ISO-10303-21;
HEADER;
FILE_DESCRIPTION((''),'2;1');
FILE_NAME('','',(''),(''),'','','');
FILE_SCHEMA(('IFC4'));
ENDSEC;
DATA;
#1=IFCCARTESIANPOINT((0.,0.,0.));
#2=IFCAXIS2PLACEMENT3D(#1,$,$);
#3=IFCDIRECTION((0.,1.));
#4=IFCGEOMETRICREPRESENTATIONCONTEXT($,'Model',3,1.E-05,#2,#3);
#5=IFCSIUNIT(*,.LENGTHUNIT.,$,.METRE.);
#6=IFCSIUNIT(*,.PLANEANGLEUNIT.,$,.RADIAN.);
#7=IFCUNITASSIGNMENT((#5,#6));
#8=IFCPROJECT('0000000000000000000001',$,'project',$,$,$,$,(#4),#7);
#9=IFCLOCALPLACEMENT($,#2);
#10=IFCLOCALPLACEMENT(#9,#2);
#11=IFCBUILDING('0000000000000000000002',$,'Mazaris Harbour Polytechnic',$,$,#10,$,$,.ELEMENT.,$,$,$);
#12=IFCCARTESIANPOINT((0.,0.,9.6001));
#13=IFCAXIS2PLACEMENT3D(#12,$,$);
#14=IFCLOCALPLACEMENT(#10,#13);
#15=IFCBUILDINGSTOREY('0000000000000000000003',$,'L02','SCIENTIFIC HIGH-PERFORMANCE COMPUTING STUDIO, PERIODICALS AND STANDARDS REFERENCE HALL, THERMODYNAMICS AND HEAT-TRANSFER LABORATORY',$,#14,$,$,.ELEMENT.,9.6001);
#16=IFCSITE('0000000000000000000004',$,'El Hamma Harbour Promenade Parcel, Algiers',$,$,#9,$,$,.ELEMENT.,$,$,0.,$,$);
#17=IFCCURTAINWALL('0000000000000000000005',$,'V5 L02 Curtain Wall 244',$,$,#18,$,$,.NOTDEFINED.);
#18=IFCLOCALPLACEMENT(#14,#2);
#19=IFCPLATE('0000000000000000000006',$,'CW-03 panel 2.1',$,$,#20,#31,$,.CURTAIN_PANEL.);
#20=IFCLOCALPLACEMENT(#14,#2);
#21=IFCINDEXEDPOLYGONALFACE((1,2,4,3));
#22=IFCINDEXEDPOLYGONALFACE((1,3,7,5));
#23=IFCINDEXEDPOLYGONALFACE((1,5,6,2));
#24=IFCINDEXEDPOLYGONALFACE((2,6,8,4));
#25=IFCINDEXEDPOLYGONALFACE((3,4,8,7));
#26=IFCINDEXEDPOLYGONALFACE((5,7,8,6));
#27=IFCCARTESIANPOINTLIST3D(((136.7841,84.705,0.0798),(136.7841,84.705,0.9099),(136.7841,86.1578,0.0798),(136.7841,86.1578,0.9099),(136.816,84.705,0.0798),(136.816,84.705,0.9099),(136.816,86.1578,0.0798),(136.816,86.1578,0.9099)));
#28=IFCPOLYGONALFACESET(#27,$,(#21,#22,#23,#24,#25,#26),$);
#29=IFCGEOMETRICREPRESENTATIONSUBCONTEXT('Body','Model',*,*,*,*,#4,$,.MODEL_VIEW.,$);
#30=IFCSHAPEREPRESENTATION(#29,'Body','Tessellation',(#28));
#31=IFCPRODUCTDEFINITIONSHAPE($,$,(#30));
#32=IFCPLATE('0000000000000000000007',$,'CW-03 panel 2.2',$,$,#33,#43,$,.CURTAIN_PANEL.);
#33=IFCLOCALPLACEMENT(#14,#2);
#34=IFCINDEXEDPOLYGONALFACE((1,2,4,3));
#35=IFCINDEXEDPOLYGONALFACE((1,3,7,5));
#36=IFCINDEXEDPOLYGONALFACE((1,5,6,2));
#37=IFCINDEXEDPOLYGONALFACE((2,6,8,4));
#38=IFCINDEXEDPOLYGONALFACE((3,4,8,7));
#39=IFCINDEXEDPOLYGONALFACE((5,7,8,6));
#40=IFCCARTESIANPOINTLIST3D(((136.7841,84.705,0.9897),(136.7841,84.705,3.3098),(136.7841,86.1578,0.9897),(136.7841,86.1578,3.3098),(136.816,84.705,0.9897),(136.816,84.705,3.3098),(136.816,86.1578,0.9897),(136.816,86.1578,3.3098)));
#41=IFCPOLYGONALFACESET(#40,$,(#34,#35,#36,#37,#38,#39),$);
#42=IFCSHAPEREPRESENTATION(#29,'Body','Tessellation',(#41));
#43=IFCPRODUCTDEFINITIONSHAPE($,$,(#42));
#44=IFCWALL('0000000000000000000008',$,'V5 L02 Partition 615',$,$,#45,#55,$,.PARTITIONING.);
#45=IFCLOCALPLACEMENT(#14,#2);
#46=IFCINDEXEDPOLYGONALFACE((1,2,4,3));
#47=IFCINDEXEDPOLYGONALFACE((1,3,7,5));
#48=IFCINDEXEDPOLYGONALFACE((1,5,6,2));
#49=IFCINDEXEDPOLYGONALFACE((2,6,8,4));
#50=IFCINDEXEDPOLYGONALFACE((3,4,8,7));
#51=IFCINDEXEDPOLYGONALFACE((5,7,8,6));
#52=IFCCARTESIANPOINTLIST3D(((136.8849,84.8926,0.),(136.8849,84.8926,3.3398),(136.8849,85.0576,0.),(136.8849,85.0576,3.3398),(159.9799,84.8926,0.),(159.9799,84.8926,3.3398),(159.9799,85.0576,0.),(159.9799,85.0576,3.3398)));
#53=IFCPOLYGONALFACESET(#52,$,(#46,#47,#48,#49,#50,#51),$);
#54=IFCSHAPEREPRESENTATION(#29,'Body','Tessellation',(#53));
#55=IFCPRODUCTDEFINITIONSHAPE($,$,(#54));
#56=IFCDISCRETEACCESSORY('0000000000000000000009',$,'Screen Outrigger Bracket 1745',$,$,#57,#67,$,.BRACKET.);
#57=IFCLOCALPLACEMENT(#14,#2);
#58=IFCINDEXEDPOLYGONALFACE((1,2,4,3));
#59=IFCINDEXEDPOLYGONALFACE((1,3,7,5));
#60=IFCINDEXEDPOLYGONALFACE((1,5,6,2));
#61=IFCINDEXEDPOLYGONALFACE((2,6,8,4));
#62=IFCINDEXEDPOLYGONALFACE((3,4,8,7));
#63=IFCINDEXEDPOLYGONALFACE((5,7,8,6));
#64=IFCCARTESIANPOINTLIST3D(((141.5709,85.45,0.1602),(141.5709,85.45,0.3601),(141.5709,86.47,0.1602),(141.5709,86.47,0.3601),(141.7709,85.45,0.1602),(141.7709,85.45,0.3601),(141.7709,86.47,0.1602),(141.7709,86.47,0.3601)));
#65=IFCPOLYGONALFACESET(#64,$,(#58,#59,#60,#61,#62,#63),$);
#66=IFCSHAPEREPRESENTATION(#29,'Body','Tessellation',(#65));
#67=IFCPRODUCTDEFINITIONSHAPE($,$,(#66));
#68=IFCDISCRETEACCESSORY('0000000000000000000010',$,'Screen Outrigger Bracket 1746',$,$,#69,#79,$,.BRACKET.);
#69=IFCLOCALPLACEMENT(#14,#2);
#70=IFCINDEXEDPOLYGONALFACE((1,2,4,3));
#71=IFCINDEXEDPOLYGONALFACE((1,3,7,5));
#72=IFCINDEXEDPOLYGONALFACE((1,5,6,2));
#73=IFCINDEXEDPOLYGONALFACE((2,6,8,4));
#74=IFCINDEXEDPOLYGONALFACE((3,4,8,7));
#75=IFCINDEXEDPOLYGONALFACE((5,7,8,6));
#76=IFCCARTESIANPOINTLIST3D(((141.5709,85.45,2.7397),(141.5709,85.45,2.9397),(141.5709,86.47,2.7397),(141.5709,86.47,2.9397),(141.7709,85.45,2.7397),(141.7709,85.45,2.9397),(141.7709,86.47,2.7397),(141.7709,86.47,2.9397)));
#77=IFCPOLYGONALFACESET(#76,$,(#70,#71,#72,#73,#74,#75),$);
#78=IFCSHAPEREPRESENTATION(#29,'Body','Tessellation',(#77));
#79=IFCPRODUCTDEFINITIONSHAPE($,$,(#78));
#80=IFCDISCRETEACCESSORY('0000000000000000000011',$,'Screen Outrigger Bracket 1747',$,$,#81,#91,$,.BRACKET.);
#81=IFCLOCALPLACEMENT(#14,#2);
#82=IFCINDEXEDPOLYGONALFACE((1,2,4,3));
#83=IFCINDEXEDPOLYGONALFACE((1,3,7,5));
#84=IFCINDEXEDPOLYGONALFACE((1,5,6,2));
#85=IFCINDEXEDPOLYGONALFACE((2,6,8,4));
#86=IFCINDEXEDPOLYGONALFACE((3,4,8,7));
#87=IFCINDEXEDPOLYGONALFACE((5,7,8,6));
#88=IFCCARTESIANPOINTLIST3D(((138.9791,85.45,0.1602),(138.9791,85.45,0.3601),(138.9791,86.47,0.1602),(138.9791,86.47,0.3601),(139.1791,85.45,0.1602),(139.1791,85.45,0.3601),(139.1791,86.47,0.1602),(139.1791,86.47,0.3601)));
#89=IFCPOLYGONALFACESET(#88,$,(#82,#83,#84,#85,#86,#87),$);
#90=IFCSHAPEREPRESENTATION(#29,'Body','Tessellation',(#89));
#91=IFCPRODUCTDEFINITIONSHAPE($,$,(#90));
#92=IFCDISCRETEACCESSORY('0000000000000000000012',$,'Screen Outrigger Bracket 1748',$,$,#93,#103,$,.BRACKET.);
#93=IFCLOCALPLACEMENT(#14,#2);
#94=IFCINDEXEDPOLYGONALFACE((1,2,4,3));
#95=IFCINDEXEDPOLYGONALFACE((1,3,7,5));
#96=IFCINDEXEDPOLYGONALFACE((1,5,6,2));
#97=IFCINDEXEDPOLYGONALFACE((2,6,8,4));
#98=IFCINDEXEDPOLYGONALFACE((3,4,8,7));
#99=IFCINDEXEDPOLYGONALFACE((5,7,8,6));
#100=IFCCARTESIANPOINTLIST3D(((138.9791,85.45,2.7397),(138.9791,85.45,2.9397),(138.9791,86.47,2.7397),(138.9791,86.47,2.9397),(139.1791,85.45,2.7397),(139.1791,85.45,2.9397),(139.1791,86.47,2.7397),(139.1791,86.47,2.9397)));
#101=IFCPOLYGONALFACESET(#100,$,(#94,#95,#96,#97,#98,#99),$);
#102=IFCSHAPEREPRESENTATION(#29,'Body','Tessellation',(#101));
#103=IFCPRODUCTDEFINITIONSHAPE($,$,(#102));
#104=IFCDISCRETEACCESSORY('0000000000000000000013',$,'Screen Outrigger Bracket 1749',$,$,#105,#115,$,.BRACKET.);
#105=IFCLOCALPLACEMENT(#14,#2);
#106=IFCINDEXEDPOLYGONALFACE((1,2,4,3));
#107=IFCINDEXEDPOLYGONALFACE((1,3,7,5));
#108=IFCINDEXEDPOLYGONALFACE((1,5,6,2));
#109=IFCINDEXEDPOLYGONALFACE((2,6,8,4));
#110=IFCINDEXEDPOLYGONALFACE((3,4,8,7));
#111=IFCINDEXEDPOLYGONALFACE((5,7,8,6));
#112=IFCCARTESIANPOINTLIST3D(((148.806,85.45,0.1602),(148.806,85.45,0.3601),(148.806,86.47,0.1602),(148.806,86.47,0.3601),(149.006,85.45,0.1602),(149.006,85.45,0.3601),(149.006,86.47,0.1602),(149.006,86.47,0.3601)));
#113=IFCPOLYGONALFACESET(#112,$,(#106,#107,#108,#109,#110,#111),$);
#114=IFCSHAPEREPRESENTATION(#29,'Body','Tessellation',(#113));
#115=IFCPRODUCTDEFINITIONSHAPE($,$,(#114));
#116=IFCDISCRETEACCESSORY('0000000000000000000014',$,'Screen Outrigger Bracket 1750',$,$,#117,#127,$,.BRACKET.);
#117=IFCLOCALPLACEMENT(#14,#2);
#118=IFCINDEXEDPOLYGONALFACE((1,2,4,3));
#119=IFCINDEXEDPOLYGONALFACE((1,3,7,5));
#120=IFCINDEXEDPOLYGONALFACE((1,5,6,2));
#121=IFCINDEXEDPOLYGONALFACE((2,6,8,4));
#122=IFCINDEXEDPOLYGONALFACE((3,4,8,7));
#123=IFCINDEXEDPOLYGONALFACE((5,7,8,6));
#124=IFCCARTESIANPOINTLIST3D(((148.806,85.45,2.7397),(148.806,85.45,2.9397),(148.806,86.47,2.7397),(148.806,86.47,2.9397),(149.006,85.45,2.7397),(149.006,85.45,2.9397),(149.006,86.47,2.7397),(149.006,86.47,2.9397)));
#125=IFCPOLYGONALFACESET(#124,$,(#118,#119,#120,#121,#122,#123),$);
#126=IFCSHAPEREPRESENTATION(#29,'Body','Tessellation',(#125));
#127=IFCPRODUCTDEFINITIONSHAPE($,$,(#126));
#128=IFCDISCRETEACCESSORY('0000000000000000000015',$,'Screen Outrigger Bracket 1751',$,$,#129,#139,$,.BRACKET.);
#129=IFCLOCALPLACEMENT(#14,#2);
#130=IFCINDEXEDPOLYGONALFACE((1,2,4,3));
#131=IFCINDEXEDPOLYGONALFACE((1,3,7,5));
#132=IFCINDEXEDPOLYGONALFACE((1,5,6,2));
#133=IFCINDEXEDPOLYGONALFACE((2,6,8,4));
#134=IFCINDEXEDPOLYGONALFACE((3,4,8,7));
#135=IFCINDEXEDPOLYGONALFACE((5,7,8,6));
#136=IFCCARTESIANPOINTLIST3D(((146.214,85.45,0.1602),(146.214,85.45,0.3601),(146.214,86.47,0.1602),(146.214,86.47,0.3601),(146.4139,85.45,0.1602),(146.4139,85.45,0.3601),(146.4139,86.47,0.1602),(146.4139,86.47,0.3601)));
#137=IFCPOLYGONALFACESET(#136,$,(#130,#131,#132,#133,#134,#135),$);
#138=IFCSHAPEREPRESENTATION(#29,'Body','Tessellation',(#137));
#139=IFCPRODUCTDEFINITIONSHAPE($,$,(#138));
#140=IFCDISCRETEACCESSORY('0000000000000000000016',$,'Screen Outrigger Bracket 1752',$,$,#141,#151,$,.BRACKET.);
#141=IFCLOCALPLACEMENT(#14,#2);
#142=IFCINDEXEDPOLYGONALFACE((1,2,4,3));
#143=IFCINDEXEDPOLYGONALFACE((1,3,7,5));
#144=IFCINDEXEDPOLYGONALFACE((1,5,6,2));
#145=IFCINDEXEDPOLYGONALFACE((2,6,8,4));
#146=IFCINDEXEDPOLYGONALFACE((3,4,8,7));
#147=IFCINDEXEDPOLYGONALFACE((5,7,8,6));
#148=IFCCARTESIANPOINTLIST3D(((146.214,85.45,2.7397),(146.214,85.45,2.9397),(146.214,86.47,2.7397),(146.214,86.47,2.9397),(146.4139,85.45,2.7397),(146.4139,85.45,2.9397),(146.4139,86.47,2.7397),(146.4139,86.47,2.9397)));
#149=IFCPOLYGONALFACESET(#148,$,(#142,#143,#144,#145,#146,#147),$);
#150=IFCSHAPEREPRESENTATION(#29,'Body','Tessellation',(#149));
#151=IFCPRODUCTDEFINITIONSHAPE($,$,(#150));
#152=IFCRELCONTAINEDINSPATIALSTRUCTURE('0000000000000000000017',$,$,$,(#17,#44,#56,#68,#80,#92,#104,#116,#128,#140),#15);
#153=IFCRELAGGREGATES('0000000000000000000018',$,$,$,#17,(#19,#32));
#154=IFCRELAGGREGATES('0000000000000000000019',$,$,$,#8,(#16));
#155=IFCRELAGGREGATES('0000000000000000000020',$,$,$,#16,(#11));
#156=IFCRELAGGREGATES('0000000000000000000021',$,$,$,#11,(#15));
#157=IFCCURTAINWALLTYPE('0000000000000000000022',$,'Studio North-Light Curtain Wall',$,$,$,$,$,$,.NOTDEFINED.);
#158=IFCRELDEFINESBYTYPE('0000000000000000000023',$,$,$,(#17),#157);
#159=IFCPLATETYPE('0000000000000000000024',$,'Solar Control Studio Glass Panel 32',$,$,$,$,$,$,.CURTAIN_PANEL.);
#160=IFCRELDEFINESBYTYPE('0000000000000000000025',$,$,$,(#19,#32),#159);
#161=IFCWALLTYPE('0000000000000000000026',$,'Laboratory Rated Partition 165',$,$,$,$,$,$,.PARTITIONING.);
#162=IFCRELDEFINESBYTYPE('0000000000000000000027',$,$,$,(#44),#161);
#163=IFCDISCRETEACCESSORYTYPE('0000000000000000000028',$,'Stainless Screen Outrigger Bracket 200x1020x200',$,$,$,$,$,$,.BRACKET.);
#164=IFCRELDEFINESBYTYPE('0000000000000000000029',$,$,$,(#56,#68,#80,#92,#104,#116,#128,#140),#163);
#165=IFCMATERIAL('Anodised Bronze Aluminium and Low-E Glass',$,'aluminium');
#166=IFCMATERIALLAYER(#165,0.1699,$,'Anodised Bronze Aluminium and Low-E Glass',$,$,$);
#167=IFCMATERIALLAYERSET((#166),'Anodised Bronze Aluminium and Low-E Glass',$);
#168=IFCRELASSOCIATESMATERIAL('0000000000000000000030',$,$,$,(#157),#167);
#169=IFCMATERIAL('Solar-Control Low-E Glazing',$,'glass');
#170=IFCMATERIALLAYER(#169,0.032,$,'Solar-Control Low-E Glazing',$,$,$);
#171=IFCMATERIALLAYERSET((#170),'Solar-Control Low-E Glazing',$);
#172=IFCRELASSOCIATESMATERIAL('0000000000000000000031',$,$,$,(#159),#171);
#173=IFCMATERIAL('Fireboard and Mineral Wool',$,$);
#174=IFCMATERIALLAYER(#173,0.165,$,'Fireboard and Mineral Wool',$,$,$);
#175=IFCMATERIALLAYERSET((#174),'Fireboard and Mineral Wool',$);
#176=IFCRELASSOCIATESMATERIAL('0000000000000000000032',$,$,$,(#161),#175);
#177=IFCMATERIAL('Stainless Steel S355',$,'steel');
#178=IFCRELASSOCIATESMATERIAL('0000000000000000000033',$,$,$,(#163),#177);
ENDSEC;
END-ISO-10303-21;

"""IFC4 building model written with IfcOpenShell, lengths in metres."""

from ifc_helpers import new_model, si_unit, direction, frame, frame_2d, origin, origin_2d, place, context, subcontext, project, spatial, rectangle, extrude, material, layer, layer_set, type_object, element, aggregate, save


model = new_model("IFC4")

# Units and contexts
model_context = context("Model", 3, precision=1e-05, world=origin(), true_north=direction((0.0, 1.0)))
body_context = subcontext(model_context, "Body", "Model", "MODEL_VIEW")
ifc_project = project(units=[si_unit("LENGTHUNIT", "METRE"), si_unit("PLANEANGLEUNIT", "RADIAN")], contexts=[model_context])

# Site, building, storey
site_placement = place(None, origin())
site = spatial("IfcSite", under=ifc_project, at=site_placement, Name="El Hamma Harbour Promenade Parcel, Algiers", CompositionType="ELEMENT", RefElevation=0.0)
building_placement = place(site_placement, origin())
building = spatial("IfcBuilding", under=site, at=building_placement, Name="Mazaris Harbour Polytechnic", CompositionType="ELEMENT")
storey_placement = place(building_placement, frame((0.0, 0.0, 9.6001)))
storey = spatial("IfcBuildingStorey", under=building, at=storey_placement, Name="L02", Description="SCIENTIFIC HIGH-PERFORMANCE COMPUTING STUDIO, PERIODICALS AND STANDARDS REFERENCE HALL, THERMODYNAMICS AND HEAT-TRANSFER LABORATORY", CompositionType="ELEMENT", Elevation=9.6001)

# Curtain wall
ifc_material_1 = material(Name="Anodised Bronze Aluminium and Low-E Glass", Category="aluminium")
ifc_layer_1 = layer(ifc_material_1, 0.1699, Name="Anodised Bronze Aluminium and Low-E Glass")
ifc_layer_set_1 = layer_set([ifc_layer_1], Name="Anodised Bronze Aluminium and Low-E Glass")
curtain_wall_type = type_object("IfcCurtainWallType", Name="Studio North-Light Curtain Wall", PredefinedType="NOTDEFINED", material=ifc_layer_set_1)
curtain_wall_1_placement = place(storey_placement, origin())
curtain_wall_1 = element("IfcCurtainWall", 1, at=curtain_wall_1_placement, inside=storey, type_object=curtain_wall_type, Name="V5 L02 Curtain Wall 244", PredefinedType="NOTDEFINED")

# Plates
ifc_material_2 = material(Name="Solar-Control Low-E Glazing", Category="glass")
ifc_layer_2 = layer(ifc_material_2, 0.032, Name="Solar-Control Low-E Glazing")
ifc_layer_set_2 = layer_set([ifc_layer_2], Name="Solar-Control Low-E Glazing")
plate_type = type_object("IfcPlateType", Name="Solar Control Studio Glass Panel 32", PredefinedType="CURTAIN_PANEL", material=ifc_layer_set_2)
plate_1_placement = place(storey_placement, frame((136.8, 85.4314, 0.0798), z_axis=(0.0, 0.0, 1.0), x_axis=(0.0, 1.0, 0.0)))
plate_1 = element("IfcPlate", 2, at=plate_1_placement, type_object=plate_type, Name="CW-03 panel 2.1", PredefinedType="CURTAIN_PANEL", context=body_context, shape_type="SweptSolid", body=[
    extrude(rectangle(XDim=1.4529, YDim=0.032, at=origin_2d()), origin(), (0.0, 0.0, 1.0), 0.8301),
])
plate_2_placement = place(storey_placement, frame((136.8, 85.4314, 0.9897), z_axis=(0.0, 0.0, 1.0), x_axis=(0.0, 1.0, 0.0)))
plate_2 = element("IfcPlate", 3, at=plate_2_placement, type_object=plate_type, Name="CW-03 panel 2.2", PredefinedType="CURTAIN_PANEL", context=body_context, shape_type="SweptSolid", body=[
    extrude(rectangle(XDim=1.4529, YDim=0.032, at=origin_2d()), origin(), (0.0, 0.0, 1.0), 2.3201),
])
aggregate(curtain_wall_1, [plate_1, plate_2])

# Wall
ifc_material_3 = material(Name="Fireboard and Mineral Wool")
ifc_layer_3 = layer(ifc_material_3, 0.165, Name="Fireboard and Mineral Wool")
ifc_layer_set_3 = layer_set([ifc_layer_3], Name="Fireboard and Mineral Wool")
wall_type = type_object("IfcWallType", Name="Laboratory Rated Partition 165", PredefinedType="PARTITIONING", material=ifc_layer_set_3)
wall_placement = place(storey_placement, frame((136.885, 84.9751, 0.0), z_axis=(0.0, 0.0, 1.0), x_axis=(1.0, 0.0, 0.0)))
element("IfcWall", 4, at=wall_placement, inside=storey, type_object=wall_type, Name="V5 L02 Partition 615", PredefinedType="PARTITIONING", context=body_context, shape_type="SweptSolid", body=[
    extrude(rectangle(XDim=23.095, YDim=0.165, at=frame_2d((11.5474, 0.0))), origin(), (0.0, 0.0, 1.0), 3.3398),
])

# Discrete accessories
ifc_material_4 = material(Name="Stainless Steel S355", Category="steel")
discrete_accessory_type = type_object("IfcDiscreteAccessoryType", Name="Stainless Screen Outrigger Bracket 200x1020x200", PredefinedType="BRACKET", material=ifc_material_4)
for number, where, z_axis, x_axis, name in (
    (5, (141.6709, 85.96, 0.1602), (0.0, 0.0, 1.0), (-1.0, 0.0, 0.0), "Screen Outrigger Bracket 1745"),
    (6, (141.6709, 85.96, 2.7397), (0.0, 0.0, 1.0), (-1.0, 0.0, 0.0), "Screen Outrigger Bracket 1746"),
    (7, (139.0791, 85.96, 0.1602), (0.0, 0.0, 1.0), (-1.0, 0.0, 0.0), "Screen Outrigger Bracket 1747"),
    (8, (139.0791, 85.96, 2.7397), (0.0, 0.0, 1.0), (-1.0, 0.0, 0.0), "Screen Outrigger Bracket 1748"),
    (9, (148.906, 85.96, 0.1602), (0.0, 0.0, 1.0), (-1.0, 0.0, 0.0), "Screen Outrigger Bracket 1749"),
    (10, (148.906, 85.96, 2.7397), (0.0, 0.0, 1.0), (-1.0, 0.0, 0.0), "Screen Outrigger Bracket 1750"),
    (11, (146.314, 85.96, 0.1602), (0.0, 0.0, 1.0), (-1.0, 0.0, 0.0), "Screen Outrigger Bracket 1751"),
    (12, (146.314, 85.96, 2.7397), (0.0, 0.0, 1.0), (-1.0, 0.0, 0.0), "Screen Outrigger Bracket 1752"),
):
    element("IfcDiscreteAccessory", number, at=place(storey_placement, frame(where, z_axis=z_axis, x_axis=x_axis)), inside=storey, type_object=discrete_accessory_type, Name=name, PredefinedType="BRACKET", context=body_context, shape_type="SweptSolid", body=[
        extrude(rectangle(XDim=0.2, YDim=1.02, at=origin_2d()), origin(), (0.0, 0.0, 1.0), 0.2),
    ])

save(model, "model.ifc")
